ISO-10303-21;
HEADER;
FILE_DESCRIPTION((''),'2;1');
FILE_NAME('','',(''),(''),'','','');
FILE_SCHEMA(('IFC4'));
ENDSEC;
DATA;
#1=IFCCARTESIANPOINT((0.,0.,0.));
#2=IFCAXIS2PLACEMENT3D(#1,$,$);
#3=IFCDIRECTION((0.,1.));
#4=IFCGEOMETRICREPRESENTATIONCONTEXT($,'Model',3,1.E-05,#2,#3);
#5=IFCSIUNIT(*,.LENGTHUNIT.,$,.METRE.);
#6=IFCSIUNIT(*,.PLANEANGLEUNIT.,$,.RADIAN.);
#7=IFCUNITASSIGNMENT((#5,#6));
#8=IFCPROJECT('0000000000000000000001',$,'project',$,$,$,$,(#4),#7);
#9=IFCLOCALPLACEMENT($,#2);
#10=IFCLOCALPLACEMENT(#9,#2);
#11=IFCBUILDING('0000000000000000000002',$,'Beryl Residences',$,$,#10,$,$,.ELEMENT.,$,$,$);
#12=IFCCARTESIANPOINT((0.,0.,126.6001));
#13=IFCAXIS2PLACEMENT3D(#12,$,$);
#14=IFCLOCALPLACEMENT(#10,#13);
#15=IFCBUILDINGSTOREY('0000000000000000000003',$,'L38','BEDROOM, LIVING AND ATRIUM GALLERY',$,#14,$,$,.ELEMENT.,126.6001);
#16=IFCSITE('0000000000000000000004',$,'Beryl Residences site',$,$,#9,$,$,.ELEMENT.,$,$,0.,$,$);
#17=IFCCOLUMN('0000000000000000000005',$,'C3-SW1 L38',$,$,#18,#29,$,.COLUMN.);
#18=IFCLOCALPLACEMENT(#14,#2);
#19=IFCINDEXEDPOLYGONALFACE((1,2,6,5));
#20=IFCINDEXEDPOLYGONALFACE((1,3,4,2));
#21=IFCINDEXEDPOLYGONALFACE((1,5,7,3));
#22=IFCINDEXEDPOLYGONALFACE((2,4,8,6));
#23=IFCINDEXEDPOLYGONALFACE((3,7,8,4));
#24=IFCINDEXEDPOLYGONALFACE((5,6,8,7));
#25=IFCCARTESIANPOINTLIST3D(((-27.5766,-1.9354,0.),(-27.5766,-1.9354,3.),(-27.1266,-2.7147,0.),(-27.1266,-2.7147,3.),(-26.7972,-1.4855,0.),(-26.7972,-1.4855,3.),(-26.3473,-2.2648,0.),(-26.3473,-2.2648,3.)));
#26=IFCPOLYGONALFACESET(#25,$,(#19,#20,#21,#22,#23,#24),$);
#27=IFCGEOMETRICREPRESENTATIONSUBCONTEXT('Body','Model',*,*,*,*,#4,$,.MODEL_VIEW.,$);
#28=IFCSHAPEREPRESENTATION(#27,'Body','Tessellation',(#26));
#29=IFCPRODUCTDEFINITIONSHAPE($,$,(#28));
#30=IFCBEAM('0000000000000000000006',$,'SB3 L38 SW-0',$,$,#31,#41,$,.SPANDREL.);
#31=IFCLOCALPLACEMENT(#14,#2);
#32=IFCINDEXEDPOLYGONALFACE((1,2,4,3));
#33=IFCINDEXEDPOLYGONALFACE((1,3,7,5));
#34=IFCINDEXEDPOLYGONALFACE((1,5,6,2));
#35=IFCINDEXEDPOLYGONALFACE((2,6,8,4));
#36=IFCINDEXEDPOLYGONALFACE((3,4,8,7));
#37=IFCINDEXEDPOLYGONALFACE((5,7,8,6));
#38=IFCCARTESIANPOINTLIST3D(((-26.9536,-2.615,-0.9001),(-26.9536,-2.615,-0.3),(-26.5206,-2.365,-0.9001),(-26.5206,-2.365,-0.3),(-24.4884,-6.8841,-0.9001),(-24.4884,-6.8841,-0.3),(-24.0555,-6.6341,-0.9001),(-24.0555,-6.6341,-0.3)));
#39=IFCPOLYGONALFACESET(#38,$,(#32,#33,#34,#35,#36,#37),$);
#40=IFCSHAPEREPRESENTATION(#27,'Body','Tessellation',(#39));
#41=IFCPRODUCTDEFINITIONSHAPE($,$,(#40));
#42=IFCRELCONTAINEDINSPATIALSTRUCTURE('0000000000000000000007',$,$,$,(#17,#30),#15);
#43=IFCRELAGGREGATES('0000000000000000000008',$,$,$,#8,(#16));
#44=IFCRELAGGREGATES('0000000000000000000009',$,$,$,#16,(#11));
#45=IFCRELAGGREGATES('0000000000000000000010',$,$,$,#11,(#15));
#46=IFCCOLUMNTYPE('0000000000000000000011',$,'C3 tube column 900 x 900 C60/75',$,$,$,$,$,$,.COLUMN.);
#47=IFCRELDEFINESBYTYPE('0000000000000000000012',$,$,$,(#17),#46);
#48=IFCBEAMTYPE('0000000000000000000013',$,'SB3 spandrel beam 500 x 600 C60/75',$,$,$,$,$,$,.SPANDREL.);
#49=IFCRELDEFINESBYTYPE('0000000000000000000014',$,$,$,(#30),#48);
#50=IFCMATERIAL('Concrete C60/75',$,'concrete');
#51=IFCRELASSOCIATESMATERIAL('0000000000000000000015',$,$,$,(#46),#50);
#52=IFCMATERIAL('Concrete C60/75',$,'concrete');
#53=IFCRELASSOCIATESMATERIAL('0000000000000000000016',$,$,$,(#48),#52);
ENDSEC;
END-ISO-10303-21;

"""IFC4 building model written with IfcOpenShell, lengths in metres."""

from ifc_helpers import new_model, si_unit, direction, frame, origin, origin_2d, place, context, subcontext, project, spatial, rectangle, extrude, material, material_profile, profile_set, type_object, element, save


model = new_model("IFC4")

# Units and contexts
model_context = context("Model", 3, precision=1e-05, world=origin(), true_north=direction((0.0, 1.0)))
body_context = subcontext(model_context, "Body", "Model", "MODEL_VIEW")
ifc_project = project(units=[si_unit("LENGTHUNIT", "METRE"), si_unit("PLANEANGLEUNIT", "RADIAN")], contexts=[model_context])

# Site, building, storey
site_placement = place(None, origin())
site = spatial("IfcSite", under=ifc_project, at=site_placement, Name="Beryl Residences site", CompositionType="ELEMENT", RefElevation=0.0)
building_placement = place(site_placement, origin())
building = spatial("IfcBuilding", under=site, at=building_placement, Name="Beryl Residences", CompositionType="ELEMENT")
storey_placement = place(building_placement, frame((0.0, 0.0, 126.6001)))
storey = spatial("IfcBuildingStorey", under=building, at=storey_placement, Name="L38", Description="BEDROOM, LIVING AND ATRIUM GALLERY", CompositionType="ELEMENT", Elevation=126.6001)

# Column
ifc_material_1 = material(Name="Concrete C60/75", Category="concrete")
ifc_material_profile_1 = material_profile(ifc_material_1, rectangle(XDim=0.8999, YDim=0.8999, at=origin_2d()))
ifc_profile_set_1 = profile_set([ifc_material_profile_1], Name="Concrete C60/75")
column_type = type_object("IfcColumnType", Name="C3 tube column 900 x 900 C60/75", PredefinedType="COLUMN", material=ifc_profile_set_1)
column_placement = place(storey_placement, frame((-26.9619, -2.1001, 0.0), z_axis=(0.0, 0.0, 1.0), x_axis=(0.5, -0.866025, 0.0)))
element("IfcColumn", 1, at=column_placement, inside=storey, type_object=column_type, Name="C3-SW1 L38", PredefinedType="COLUMN", context=body_context, shape_type="SweptSolid", body=[
    extrude(rectangle(XDim=0.8999, YDim=0.8999, at=origin_2d()), origin(), (0.0, 0.0, 1.0), 3.0),
])

# Beam
ifc_material_2 = material(Name="Concrete C60/75", Category="concrete")
ifc_material_profile_2 = material_profile(ifc_material_2, rectangle(XDim=0.5, YDim=0.6001, at=origin_2d()))
ifc_profile_set_2 = profile_set([ifc_material_profile_2], Name="Concrete C60/75")
beam_type = type_object("IfcBeamType", Name="SB3 spandrel beam 500 x 600 C60/75", PredefinedType="SPANDREL", material=ifc_profile_set_2)
beam_placement = place(storey_placement, frame((-26.7371, -2.49, -0.6001), z_axis=(0.500054, -0.865994, 0.0), x_axis=(0.865994, 0.500054, 0.0)))
element("IfcBeam", 2, at=beam_placement, inside=storey, type_object=beam_type, Name="SB3 L38 SW-0", PredefinedType="SPANDREL", context=body_context, shape_type="SweptSolid", body=[
    extrude(rectangle(XDim=0.5, YDim=0.6001, at=origin_2d()), origin(), (0.0, 0.0, 1.0), 4.9297),
])

save(model, "model.ifc")
